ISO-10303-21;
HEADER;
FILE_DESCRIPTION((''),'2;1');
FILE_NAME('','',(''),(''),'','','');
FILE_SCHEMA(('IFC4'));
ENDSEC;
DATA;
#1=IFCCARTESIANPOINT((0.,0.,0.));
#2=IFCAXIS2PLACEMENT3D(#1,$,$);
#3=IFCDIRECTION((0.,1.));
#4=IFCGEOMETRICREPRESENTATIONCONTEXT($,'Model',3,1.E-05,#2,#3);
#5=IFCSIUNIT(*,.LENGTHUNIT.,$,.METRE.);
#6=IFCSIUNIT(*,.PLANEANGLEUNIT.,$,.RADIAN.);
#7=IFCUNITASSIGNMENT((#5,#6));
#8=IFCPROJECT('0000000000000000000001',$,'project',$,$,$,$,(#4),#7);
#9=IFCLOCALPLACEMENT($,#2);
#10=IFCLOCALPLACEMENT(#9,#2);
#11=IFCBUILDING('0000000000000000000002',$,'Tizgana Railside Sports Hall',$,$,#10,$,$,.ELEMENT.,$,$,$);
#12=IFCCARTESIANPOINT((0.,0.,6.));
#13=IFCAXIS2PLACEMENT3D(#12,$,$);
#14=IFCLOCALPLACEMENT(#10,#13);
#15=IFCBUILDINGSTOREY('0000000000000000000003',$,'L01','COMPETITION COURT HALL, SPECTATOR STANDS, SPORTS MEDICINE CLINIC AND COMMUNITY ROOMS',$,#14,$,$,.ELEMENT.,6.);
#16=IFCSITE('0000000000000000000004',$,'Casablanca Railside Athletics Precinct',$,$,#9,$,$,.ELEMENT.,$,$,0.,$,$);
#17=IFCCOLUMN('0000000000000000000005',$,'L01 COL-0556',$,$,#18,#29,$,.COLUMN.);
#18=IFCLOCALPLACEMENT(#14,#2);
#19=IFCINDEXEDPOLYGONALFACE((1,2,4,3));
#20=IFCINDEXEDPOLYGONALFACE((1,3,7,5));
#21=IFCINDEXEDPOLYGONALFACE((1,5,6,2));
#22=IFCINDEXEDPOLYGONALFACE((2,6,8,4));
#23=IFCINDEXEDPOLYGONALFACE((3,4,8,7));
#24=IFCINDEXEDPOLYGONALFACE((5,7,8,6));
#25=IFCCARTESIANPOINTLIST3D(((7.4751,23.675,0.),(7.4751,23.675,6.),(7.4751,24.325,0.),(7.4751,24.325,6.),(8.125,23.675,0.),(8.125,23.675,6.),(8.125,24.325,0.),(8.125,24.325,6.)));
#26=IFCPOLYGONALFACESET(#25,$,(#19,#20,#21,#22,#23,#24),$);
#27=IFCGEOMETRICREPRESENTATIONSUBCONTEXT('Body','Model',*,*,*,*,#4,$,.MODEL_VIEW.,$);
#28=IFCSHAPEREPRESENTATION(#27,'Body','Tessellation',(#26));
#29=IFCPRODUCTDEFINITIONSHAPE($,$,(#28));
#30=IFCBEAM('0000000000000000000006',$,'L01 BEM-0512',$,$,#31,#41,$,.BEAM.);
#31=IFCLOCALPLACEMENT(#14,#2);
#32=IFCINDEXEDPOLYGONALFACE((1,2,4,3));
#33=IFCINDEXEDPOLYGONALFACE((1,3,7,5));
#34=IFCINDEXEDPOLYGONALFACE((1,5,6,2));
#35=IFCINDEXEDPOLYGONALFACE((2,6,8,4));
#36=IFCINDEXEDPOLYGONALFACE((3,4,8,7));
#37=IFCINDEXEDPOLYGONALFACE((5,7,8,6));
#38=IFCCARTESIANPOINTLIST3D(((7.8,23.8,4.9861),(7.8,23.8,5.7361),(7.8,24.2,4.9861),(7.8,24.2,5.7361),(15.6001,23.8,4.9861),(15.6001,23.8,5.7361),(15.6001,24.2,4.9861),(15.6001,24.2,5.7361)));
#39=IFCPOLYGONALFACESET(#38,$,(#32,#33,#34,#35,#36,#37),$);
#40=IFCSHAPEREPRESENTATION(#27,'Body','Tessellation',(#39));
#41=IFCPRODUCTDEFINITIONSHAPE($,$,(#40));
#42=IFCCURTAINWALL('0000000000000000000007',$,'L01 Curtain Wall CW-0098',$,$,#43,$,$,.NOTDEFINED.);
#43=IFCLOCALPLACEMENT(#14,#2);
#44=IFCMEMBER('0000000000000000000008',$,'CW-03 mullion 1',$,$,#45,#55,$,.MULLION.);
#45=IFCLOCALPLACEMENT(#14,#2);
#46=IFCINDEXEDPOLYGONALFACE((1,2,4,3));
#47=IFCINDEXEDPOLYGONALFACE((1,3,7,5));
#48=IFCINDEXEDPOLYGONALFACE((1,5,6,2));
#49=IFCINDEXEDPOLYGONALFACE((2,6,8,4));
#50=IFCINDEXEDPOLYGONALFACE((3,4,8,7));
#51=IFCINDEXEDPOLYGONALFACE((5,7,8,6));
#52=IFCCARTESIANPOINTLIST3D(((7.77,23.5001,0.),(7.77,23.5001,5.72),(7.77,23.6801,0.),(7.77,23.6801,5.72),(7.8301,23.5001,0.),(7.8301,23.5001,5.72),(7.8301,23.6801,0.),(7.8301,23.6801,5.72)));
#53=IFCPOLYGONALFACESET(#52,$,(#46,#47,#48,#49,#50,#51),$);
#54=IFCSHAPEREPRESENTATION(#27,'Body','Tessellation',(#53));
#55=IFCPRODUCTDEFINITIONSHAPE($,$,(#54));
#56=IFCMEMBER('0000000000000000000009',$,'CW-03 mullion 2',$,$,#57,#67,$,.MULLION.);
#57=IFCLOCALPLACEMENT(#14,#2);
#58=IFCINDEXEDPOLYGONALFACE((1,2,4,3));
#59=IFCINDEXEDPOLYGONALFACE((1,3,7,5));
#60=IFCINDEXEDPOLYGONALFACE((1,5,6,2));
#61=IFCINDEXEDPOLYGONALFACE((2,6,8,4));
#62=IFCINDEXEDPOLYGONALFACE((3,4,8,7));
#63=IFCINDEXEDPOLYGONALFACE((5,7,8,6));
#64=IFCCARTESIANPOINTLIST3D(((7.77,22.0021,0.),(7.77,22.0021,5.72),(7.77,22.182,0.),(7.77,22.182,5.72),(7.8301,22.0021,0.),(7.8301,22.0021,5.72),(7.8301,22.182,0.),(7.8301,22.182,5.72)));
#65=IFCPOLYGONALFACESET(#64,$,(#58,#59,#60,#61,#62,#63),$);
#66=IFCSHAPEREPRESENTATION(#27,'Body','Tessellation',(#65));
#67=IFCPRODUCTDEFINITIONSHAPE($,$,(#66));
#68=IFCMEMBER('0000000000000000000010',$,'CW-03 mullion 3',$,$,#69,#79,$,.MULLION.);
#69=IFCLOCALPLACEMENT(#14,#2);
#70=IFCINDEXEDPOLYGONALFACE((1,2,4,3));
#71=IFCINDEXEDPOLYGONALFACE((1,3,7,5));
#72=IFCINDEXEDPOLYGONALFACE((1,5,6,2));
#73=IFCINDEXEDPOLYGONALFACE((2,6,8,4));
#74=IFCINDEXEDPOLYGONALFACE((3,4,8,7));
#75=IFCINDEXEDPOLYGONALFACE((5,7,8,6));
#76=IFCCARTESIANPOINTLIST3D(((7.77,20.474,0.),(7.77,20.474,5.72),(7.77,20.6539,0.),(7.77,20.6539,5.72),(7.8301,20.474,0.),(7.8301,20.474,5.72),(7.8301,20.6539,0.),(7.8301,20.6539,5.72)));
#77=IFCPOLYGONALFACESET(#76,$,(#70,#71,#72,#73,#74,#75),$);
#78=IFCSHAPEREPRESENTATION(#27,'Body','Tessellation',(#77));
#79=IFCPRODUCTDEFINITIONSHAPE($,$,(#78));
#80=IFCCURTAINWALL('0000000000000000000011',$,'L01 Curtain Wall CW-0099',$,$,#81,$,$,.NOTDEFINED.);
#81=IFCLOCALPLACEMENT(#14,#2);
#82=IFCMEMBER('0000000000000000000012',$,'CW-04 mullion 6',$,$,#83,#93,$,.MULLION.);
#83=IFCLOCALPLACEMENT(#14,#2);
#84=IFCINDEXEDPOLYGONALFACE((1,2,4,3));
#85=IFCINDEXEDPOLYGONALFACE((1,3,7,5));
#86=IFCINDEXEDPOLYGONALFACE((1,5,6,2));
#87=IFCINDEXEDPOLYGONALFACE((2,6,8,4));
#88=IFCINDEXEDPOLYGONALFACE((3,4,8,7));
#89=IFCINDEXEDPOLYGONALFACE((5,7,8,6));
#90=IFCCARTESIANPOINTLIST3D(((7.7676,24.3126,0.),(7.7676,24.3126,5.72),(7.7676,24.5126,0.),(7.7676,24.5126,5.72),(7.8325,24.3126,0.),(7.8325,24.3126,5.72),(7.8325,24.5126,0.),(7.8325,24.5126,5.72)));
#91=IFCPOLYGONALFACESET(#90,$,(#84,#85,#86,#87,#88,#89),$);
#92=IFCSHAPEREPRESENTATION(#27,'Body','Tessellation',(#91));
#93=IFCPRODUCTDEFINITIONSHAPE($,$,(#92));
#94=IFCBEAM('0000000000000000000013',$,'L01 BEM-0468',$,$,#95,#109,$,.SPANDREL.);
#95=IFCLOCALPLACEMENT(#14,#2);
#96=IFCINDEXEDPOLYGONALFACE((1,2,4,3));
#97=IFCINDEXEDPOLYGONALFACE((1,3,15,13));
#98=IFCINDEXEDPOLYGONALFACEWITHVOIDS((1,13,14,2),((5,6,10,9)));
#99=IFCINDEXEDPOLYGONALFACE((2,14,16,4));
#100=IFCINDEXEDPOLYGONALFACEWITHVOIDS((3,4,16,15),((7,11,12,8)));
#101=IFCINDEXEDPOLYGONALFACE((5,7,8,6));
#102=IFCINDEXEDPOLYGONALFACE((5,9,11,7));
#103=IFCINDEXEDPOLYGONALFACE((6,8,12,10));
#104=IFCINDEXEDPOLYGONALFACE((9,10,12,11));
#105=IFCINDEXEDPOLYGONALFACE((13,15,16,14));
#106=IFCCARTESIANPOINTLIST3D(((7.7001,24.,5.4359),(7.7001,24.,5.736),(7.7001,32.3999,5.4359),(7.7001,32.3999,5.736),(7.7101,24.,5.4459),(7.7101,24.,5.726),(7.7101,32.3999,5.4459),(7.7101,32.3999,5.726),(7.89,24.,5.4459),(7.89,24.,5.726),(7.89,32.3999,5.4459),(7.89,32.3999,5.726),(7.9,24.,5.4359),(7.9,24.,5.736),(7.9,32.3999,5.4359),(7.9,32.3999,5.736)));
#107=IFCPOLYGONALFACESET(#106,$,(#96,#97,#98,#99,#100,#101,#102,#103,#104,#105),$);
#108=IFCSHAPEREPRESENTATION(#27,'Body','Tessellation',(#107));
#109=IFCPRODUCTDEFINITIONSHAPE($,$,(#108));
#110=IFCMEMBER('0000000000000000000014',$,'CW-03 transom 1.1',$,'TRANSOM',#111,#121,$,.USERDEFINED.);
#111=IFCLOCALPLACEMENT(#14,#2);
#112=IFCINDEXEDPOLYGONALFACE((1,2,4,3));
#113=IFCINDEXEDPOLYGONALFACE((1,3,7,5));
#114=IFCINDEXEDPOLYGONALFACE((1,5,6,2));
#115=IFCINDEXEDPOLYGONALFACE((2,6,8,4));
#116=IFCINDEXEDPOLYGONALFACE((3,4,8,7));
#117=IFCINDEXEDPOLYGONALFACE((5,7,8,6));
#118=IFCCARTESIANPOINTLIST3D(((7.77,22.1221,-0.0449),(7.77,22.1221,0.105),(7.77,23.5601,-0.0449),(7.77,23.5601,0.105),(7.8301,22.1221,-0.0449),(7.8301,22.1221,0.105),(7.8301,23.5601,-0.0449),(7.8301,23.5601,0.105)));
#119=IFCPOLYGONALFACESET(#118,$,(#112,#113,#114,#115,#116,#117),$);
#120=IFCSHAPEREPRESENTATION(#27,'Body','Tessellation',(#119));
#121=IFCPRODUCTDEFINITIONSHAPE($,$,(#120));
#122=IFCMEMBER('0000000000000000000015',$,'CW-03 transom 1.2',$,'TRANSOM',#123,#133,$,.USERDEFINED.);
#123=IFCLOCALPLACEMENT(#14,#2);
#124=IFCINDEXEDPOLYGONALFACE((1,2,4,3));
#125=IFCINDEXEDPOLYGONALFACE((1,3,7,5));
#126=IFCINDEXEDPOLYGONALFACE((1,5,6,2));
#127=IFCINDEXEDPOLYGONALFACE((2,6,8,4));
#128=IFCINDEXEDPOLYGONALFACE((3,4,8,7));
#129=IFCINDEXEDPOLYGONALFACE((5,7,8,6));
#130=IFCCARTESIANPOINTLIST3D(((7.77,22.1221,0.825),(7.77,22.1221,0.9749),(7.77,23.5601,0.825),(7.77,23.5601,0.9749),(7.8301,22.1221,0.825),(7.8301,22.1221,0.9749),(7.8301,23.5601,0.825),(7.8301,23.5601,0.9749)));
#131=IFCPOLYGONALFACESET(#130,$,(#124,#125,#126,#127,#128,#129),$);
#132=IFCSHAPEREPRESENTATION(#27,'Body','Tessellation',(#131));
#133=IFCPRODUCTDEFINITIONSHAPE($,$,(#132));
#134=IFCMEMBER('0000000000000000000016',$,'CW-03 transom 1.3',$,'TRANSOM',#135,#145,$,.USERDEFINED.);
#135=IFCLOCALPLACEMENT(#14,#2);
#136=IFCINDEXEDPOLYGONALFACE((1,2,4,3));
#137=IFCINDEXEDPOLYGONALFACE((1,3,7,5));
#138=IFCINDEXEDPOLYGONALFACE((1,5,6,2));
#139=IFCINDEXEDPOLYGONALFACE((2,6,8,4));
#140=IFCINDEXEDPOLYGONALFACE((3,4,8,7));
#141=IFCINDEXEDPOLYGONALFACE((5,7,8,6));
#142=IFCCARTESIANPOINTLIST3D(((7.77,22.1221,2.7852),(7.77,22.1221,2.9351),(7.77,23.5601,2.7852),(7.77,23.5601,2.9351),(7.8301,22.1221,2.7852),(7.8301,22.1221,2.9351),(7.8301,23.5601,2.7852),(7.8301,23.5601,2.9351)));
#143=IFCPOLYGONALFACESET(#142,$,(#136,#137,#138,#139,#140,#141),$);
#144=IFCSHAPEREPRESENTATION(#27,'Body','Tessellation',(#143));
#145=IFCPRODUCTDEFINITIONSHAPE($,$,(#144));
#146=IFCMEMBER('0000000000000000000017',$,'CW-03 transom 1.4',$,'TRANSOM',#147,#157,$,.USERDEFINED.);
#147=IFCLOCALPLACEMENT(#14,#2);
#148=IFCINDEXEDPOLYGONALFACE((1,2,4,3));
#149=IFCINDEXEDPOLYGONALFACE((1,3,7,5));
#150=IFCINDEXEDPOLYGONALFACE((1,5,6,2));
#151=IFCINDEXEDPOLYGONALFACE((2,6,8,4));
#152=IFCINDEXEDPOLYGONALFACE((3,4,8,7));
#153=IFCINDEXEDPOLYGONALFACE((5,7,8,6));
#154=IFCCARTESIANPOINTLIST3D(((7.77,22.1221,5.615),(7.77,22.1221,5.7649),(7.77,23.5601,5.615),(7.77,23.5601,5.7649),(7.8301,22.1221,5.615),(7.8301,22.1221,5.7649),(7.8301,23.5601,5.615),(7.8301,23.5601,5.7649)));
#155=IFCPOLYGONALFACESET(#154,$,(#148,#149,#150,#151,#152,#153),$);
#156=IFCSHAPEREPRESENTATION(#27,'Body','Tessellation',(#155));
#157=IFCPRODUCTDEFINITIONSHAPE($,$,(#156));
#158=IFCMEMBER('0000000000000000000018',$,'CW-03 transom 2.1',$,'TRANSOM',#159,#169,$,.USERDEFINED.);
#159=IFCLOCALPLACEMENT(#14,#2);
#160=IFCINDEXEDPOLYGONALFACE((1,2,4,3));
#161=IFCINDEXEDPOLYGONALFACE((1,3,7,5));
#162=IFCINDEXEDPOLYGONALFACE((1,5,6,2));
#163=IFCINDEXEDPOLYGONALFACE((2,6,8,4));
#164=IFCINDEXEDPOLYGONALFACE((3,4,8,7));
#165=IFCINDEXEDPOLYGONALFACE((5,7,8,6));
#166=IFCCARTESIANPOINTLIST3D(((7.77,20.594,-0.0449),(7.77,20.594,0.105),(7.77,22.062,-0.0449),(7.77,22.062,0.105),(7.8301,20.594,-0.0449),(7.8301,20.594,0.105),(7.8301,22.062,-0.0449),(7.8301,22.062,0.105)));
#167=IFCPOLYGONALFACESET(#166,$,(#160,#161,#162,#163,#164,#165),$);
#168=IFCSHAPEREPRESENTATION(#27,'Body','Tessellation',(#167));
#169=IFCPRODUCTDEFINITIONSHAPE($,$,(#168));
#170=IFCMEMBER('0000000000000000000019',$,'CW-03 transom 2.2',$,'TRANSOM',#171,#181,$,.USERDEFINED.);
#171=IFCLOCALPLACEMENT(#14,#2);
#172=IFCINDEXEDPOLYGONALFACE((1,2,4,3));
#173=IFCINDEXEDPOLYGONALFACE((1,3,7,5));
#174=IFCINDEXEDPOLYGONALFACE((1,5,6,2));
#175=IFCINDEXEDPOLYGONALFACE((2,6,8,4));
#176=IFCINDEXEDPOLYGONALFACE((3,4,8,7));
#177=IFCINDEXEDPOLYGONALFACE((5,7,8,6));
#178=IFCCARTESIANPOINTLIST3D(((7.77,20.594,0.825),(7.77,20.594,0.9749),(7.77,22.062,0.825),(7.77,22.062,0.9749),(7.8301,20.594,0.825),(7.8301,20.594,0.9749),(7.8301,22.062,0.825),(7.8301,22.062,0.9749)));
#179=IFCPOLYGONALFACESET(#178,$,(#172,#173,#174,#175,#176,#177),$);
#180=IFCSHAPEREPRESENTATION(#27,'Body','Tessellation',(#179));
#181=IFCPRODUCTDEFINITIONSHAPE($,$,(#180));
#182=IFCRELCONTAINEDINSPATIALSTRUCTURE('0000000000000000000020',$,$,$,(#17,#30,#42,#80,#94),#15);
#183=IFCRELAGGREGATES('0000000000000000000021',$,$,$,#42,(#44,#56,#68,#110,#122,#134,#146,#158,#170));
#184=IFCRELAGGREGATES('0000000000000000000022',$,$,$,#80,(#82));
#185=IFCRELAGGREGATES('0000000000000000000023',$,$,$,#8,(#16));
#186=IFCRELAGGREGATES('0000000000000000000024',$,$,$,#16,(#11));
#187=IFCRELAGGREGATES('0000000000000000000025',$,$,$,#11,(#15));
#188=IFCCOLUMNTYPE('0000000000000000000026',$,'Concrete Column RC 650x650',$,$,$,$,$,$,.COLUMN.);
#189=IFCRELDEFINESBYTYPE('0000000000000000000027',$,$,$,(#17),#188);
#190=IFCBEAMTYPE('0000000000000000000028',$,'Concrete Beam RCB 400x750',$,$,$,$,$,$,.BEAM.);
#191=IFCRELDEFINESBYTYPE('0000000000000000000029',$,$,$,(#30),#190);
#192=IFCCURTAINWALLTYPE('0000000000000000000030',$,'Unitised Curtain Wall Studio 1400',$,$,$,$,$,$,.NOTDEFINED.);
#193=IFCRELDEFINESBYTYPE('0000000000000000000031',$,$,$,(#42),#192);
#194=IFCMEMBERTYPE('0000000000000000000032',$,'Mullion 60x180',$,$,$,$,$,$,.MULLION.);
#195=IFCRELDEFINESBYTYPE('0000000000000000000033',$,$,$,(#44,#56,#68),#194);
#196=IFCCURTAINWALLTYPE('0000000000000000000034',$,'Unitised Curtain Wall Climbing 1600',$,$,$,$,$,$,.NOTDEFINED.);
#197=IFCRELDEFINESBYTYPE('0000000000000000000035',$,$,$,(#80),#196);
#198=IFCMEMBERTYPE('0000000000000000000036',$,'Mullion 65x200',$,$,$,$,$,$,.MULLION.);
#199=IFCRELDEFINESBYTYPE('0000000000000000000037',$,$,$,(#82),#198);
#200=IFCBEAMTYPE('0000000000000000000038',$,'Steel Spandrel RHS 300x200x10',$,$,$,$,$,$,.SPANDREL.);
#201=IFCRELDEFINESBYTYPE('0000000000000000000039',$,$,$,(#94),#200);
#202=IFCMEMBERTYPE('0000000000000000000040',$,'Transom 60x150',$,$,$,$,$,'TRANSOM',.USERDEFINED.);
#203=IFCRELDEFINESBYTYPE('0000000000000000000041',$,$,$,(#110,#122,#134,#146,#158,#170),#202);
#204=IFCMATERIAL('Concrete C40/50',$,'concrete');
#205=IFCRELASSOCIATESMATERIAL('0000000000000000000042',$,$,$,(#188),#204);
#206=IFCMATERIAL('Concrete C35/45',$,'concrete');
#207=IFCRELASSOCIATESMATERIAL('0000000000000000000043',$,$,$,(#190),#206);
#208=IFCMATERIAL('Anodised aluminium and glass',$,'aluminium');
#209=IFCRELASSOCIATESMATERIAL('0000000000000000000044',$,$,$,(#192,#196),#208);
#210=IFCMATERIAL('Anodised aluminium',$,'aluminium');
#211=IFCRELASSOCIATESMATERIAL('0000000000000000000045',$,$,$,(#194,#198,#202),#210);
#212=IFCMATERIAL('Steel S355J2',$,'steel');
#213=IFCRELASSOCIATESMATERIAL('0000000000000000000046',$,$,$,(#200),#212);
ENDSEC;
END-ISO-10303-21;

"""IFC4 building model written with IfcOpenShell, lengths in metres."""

from ifc_helpers import new_model, si_unit, direction, frame, origin, origin_2d, place, context, subcontext, project, spatial, rectangle, hollow_rectangle, extrude, material, material_profile, profile_set, type_object, element, aggregate, save


model = new_model("IFC4")

# Units and contexts
model_context = context("Model", 3, precision=1e-05, world=origin(), true_north=direction((0.0, 1.0)))
body_context = subcontext(model_context, "Body", "Model", "MODEL_VIEW")
ifc_project = project(units=[si_unit("LENGTHUNIT", "METRE"), si_unit("PLANEANGLEUNIT", "RADIAN")], contexts=[model_context])

# Site, building, storey
site_placement = place(None, origin())
site = spatial("IfcSite", under=ifc_project, at=site_placement, Name="Casablanca Railside Athletics Precinct", CompositionType="ELEMENT", RefElevation=0.0)
building_placement = place(site_placement, origin())
building = spatial("IfcBuilding", under=site, at=building_placement, Name="Tizgana Railside Sports Hall", CompositionType="ELEMENT")
storey_placement = place(building_placement, frame((0.0, 0.0, 6.0)))
storey = spatial("IfcBuildingStorey", under=building, at=storey_placement, Name="L01", Description="COMPETITION COURT HALL, SPECTATOR STANDS, SPORTS MEDICINE CLINIC AND COMMUNITY ROOMS", CompositionType="ELEMENT", Elevation=6.0)

# Column
ifc_material_1 = material(Name="Concrete C40/50", Category="concrete")
ifc_material_profile_1 = material_profile(ifc_material_1, rectangle(XDim=0.6499, YDim=0.6499, at=origin_2d()), Name="RC 650x650")
ifc_profile_set_1 = profile_set([ifc_material_profile_1], Name="Concrete C40/50")
column_type = type_object("IfcColumnType", Name="Concrete Column RC 650x650", PredefinedType="COLUMN", material=ifc_profile_set_1)
column_placement = place(storey_placement, frame((7.8, 24.0, 0.0), z_axis=(0.0, 0.0, 1.0), x_axis=(1.0, 0.0, 0.0)))
element("IfcColumn", 1, at=column_placement, inside=storey, type_object=column_type, Name="L01 COL-0556", PredefinedType="COLUMN", context=body_context, shape_type="SweptSolid", body=[
    extrude(rectangle(XDim=0.6499, YDim=0.6499, at=origin_2d()), origin(), (0.0, 0.0, 1.0), 6.0),
])

# Beam
ifc_material_2 = material(Name="Concrete C35/45", Category="concrete")
ifc_material_profile_2 = material_profile(ifc_material_2, rectangle(XDim=0.3999, YDim=0.75, at=origin_2d()), Name="RCB 400x750")
ifc_profile_set_2 = profile_set([ifc_material_profile_2], Name="Concrete C35/45")
beam_type_1 = type_object("IfcBeamType", Name="Concrete Beam RCB 400x750", PredefinedType="BEAM", material=ifc_profile_set_2)
beam_1_placement = place(storey_placement, frame((7.8, 24.0, 5.3611), z_axis=(1.0, 0.0, 0.0), x_axis=(0.0, 1.0, 0.0)))
element("IfcBeam", 2, at=beam_1_placement, inside=storey, type_object=beam_type_1, Name="L01 BEM-0512", PredefinedType="BEAM", context=body_context, shape_type="SweptSolid", body=[
    extrude(rectangle(XDim=0.3999, YDim=0.75, at=origin_2d()), origin(), (0.0, 0.0, 1.0), 7.8),
])

# Curtain wall, members
ifc_material_3 = material(Name="Anodised aluminium and glass", Category="aluminium")
curtain_wall_type_1 = type_object("IfcCurtainWallType", Name="Unitised Curtain Wall Studio 1400", PredefinedType="NOTDEFINED", material=ifc_material_3)
curtain_wall_1_placement = place(storey_placement, origin())
curtain_wall_1 = element("IfcCurtainWall", 3, at=curtain_wall_1_placement, inside=storey, type_object=curtain_wall_type_1, Name="L01 Curtain Wall CW-0098", PredefinedType="NOTDEFINED")
ifc_material_4 = material(Name="Anodised aluminium", Category="aluminium")
ifc_material_profile_3 = material_profile(ifc_material_4, rectangle(XDim=0.0601, YDim=0.1799, at=origin_2d()), Name="Mullion 60x180")
ifc_profile_set_3 = profile_set([ifc_material_profile_3], Name="Anodised aluminium")
member_type_1 = type_object("IfcMemberType", Name="Mullion 60x180", PredefinedType="MULLION", material=ifc_profile_set_3)
member_1_placement = place(storey_placement, frame((7.8, 23.5901, 0.0), z_axis=(0.0, 0.0, 1.0), x_axis=(1.0, 0.0, 0.0)))
member_1 = element("IfcMember", 4, at=member_1_placement, type_object=member_type_1, Name="CW-03 mullion 1", PredefinedType="MULLION", context=body_context, shape_type="SweptSolid", body=[
    extrude(rectangle(XDim=0.0601, YDim=0.1799, at=origin_2d()), origin(), (0.0, 0.0, 1.0), 5.72),
])
member_2_placement = place(storey_placement, frame((7.8, 22.092, 0.0), z_axis=(0.0, 0.0, 1.0), x_axis=(1.0, 0.0, 0.0)))
member_2 = element("IfcMember", 5, at=member_2_placement, type_object=member_type_1, Name="CW-03 mullion 2", PredefinedType="MULLION", context=body_context, shape_type="SweptSolid", body=[
    extrude(rectangle(XDim=0.0601, YDim=0.1799, at=origin_2d()), origin(), (0.0, 0.0, 1.0), 5.72),
])
member_3_placement = place(storey_placement, frame((7.8, 20.564, 0.0), z_axis=(0.0, 0.0, 1.0), x_axis=(1.0, 0.0, 0.0)))
member_3 = element("IfcMember", 6, at=member_3_placement, type_object=member_type_1, Name="CW-03 mullion 3", PredefinedType="MULLION", context=body_context, shape_type="SweptSolid", body=[
    extrude(rectangle(XDim=0.0601, YDim=0.1799, at=origin_2d()), origin(), (0.0, 0.0, 1.0), 5.72),
])

# Curtain wall, member
curtain_wall_type_2 = type_object("IfcCurtainWallType", Name="Unitised Curtain Wall Climbing 1600", PredefinedType="NOTDEFINED", material=ifc_material_3)
curtain_wall_2_placement = place(storey_placement, origin())
curtain_wall_2 = element("IfcCurtainWall", 7, at=curtain_wall_2_placement, inside=storey, type_object=curtain_wall_type_2, Name="L01 Curtain Wall CW-0099", PredefinedType="NOTDEFINED")
ifc_material_profile_4 = material_profile(ifc_material_4, rectangle(XDim=0.0649, YDim=0.2, at=origin_2d()), Name="Mullion 65x200")
ifc_profile_set_4 = profile_set([ifc_material_profile_4], Name="Anodised aluminium")
member_type_2 = type_object("IfcMemberType", Name="Mullion 65x200", PredefinedType="MULLION", material=ifc_profile_set_4)
member_4_placement = place(storey_placement, frame((7.8, 24.4126, 0.0), z_axis=(0.0, 0.0, 1.0), x_axis=(1.0, 0.0, 0.0)))
member_4 = element("IfcMember", 8, at=member_4_placement, type_object=member_type_2, Name="CW-04 mullion 6", PredefinedType="MULLION", context=body_context, shape_type="SweptSolid", body=[
    extrude(rectangle(XDim=0.0649, YDim=0.2, at=origin_2d()), origin(), (0.0, 0.0, 1.0), 5.72),
])

# Beam
ifc_material_5 = material(Name="Steel S355J2", Category="steel")
ifc_material_profile_5 = material_profile(ifc_material_5, hollow_rectangle(XDim=0.2, YDim=0.3, WallThickness=0.01, at=origin_2d()), Name="RHS 300x200x10")
ifc_profile_set_5 = profile_set([ifc_material_profile_5], Name="Steel S355J2")
beam_type_2 = type_object("IfcBeamType", Name="Steel Spandrel RHS 300x200x10", PredefinedType="SPANDREL", material=ifc_profile_set_5)
beam_2_placement = place(storey_placement, frame((7.8, 24.0, 5.5859), z_axis=(0.0, 1.0, 0.0), x_axis=(-1.0, 0.0, 0.0)))
element("IfcBeam", 9, at=beam_2_placement, inside=storey, type_object=beam_type_2, Name="L01 BEM-0468", PredefinedType="SPANDREL", context=body_context, shape_type="SweptSolid", body=[
    extrude(hollow_rectangle(XDim=0.2, YDim=0.3, WallThickness=0.01, at=origin_2d()), origin(), (0.0, 0.0, 1.0), 8.3999),
])

# Members
ifc_material_profile_6 = material_profile(ifc_material_4, rectangle(XDim=0.0601, YDim=0.1499, at=origin_2d()), Name="Transom 60x150")
ifc_profile_set_6 = profile_set([ifc_material_profile_6], Name="Anodised aluminium")
member_type_3 = type_object("IfcMemberType", Name="Transom 60x150", ElementType="TRANSOM", PredefinedType="USERDEFINED", material=ifc_profile_set_6)
member_5_placement = place(storey_placement, frame((7.8, 23.5601, 0.03), z_axis=(0.0, -1.0, 0.0), x_axis=(1.0, 0.0, 0.0)))
member_5 = element("IfcMember", 10, at=member_5_placement, type_object=member_type_3, Name="CW-03 transom 1.1", ObjectType="TRANSOM", PredefinedType="USERDEFINED", context=body_context, shape_type="SweptSolid", body=[
    extrude(rectangle(XDim=0.0601, YDim=0.1499, at=origin_2d()), origin(), (0.0, 0.0, 1.0), 1.438),
])
member_6_placement = place(storey_placement, frame((7.8, 23.5601, 0.8999), z_axis=(0.0, -1.0, 0.0), x_axis=(1.0, 0.0, 0.0)))
member_6 = element("IfcMember", 11, at=member_6_placement, type_object=member_type_3, Name="CW-03 transom 1.2", ObjectType="TRANSOM", PredefinedType="USERDEFINED", context=body_context, shape_type="SweptSolid", body=[
    extrude(rectangle(XDim=0.0601, YDim=0.1499, at=origin_2d()), origin(), (0.0, 0.0, 1.0), 1.438),
])
member_7_placement = place(storey_placement, frame((7.8, 23.5601, 2.8601), z_axis=(0.0, -1.0, 0.0), x_axis=(1.0, 0.0, 0.0)))
member_7 = element("IfcMember", 12, at=member_7_placement, type_object=member_type_3, Name="CW-03 transom 1.3", ObjectType="TRANSOM", PredefinedType="USERDEFINED", context=body_context, shape_type="SweptSolid", body=[
    extrude(rectangle(XDim=0.0601, YDim=0.1499, at=origin_2d()), origin(), (0.0, 0.0, 1.0), 1.438),
])
member_8_placement = place(storey_placement, frame((7.8, 23.5601, 5.6899), z_axis=(0.0, -1.0, 0.0), x_axis=(1.0, 0.0, 0.0)))
member_8 = element("IfcMember", 13, at=member_8_placement, type_object=member_type_3, Name="CW-03 transom 1.4", ObjectType="TRANSOM", PredefinedType="USERDEFINED", context=body_context, shape_type="SweptSolid", body=[
    extrude(rectangle(XDim=0.0601, YDim=0.1499, at=origin_2d()), origin(), (0.0, 0.0, 1.0), 1.438),
])
member_9_placement = place(storey_placement, frame((7.8, 22.062, 0.03), z_axis=(0.0, -1.0, 0.0), x_axis=(1.0, 0.0, 0.0)))
member_9 = element("IfcMember", 14, at=member_9_placement, type_object=member_type_3, Name="CW-03 transom 2.1", ObjectType="TRANSOM", PredefinedType="USERDEFINED", context=body_context, shape_type="SweptSolid", body=[
    extrude(rectangle(XDim=0.0601, YDim=0.1499, at=origin_2d()), origin(), (0.0, 0.0, 1.0), 1.468),
])
member_10_placement = place(storey_placement, frame((7.8, 22.062, 0.8999), z_axis=(0.0, -1.0, 0.0), x_axis=(1.0, 0.0, 0.0)))
member_10 = element("IfcMember", 15, at=member_10_placement, type_object=member_type_3, Name="CW-03 transom 2.2", ObjectType="TRANSOM", PredefinedType="USERDEFINED", context=body_context, shape_type="SweptSolid", body=[
    extrude(rectangle(XDim=0.0601, YDim=0.1499, at=origin_2d()), origin(), (0.0, 0.0, 1.0), 1.468),
])

aggregate(curtain_wall_1, [member_1, member_2, member_3, member_5, member_6, member_7, member_8, member_9, member_10])
aggregate(curtain_wall_2, [member_4])

save(model, "model.ifc")
